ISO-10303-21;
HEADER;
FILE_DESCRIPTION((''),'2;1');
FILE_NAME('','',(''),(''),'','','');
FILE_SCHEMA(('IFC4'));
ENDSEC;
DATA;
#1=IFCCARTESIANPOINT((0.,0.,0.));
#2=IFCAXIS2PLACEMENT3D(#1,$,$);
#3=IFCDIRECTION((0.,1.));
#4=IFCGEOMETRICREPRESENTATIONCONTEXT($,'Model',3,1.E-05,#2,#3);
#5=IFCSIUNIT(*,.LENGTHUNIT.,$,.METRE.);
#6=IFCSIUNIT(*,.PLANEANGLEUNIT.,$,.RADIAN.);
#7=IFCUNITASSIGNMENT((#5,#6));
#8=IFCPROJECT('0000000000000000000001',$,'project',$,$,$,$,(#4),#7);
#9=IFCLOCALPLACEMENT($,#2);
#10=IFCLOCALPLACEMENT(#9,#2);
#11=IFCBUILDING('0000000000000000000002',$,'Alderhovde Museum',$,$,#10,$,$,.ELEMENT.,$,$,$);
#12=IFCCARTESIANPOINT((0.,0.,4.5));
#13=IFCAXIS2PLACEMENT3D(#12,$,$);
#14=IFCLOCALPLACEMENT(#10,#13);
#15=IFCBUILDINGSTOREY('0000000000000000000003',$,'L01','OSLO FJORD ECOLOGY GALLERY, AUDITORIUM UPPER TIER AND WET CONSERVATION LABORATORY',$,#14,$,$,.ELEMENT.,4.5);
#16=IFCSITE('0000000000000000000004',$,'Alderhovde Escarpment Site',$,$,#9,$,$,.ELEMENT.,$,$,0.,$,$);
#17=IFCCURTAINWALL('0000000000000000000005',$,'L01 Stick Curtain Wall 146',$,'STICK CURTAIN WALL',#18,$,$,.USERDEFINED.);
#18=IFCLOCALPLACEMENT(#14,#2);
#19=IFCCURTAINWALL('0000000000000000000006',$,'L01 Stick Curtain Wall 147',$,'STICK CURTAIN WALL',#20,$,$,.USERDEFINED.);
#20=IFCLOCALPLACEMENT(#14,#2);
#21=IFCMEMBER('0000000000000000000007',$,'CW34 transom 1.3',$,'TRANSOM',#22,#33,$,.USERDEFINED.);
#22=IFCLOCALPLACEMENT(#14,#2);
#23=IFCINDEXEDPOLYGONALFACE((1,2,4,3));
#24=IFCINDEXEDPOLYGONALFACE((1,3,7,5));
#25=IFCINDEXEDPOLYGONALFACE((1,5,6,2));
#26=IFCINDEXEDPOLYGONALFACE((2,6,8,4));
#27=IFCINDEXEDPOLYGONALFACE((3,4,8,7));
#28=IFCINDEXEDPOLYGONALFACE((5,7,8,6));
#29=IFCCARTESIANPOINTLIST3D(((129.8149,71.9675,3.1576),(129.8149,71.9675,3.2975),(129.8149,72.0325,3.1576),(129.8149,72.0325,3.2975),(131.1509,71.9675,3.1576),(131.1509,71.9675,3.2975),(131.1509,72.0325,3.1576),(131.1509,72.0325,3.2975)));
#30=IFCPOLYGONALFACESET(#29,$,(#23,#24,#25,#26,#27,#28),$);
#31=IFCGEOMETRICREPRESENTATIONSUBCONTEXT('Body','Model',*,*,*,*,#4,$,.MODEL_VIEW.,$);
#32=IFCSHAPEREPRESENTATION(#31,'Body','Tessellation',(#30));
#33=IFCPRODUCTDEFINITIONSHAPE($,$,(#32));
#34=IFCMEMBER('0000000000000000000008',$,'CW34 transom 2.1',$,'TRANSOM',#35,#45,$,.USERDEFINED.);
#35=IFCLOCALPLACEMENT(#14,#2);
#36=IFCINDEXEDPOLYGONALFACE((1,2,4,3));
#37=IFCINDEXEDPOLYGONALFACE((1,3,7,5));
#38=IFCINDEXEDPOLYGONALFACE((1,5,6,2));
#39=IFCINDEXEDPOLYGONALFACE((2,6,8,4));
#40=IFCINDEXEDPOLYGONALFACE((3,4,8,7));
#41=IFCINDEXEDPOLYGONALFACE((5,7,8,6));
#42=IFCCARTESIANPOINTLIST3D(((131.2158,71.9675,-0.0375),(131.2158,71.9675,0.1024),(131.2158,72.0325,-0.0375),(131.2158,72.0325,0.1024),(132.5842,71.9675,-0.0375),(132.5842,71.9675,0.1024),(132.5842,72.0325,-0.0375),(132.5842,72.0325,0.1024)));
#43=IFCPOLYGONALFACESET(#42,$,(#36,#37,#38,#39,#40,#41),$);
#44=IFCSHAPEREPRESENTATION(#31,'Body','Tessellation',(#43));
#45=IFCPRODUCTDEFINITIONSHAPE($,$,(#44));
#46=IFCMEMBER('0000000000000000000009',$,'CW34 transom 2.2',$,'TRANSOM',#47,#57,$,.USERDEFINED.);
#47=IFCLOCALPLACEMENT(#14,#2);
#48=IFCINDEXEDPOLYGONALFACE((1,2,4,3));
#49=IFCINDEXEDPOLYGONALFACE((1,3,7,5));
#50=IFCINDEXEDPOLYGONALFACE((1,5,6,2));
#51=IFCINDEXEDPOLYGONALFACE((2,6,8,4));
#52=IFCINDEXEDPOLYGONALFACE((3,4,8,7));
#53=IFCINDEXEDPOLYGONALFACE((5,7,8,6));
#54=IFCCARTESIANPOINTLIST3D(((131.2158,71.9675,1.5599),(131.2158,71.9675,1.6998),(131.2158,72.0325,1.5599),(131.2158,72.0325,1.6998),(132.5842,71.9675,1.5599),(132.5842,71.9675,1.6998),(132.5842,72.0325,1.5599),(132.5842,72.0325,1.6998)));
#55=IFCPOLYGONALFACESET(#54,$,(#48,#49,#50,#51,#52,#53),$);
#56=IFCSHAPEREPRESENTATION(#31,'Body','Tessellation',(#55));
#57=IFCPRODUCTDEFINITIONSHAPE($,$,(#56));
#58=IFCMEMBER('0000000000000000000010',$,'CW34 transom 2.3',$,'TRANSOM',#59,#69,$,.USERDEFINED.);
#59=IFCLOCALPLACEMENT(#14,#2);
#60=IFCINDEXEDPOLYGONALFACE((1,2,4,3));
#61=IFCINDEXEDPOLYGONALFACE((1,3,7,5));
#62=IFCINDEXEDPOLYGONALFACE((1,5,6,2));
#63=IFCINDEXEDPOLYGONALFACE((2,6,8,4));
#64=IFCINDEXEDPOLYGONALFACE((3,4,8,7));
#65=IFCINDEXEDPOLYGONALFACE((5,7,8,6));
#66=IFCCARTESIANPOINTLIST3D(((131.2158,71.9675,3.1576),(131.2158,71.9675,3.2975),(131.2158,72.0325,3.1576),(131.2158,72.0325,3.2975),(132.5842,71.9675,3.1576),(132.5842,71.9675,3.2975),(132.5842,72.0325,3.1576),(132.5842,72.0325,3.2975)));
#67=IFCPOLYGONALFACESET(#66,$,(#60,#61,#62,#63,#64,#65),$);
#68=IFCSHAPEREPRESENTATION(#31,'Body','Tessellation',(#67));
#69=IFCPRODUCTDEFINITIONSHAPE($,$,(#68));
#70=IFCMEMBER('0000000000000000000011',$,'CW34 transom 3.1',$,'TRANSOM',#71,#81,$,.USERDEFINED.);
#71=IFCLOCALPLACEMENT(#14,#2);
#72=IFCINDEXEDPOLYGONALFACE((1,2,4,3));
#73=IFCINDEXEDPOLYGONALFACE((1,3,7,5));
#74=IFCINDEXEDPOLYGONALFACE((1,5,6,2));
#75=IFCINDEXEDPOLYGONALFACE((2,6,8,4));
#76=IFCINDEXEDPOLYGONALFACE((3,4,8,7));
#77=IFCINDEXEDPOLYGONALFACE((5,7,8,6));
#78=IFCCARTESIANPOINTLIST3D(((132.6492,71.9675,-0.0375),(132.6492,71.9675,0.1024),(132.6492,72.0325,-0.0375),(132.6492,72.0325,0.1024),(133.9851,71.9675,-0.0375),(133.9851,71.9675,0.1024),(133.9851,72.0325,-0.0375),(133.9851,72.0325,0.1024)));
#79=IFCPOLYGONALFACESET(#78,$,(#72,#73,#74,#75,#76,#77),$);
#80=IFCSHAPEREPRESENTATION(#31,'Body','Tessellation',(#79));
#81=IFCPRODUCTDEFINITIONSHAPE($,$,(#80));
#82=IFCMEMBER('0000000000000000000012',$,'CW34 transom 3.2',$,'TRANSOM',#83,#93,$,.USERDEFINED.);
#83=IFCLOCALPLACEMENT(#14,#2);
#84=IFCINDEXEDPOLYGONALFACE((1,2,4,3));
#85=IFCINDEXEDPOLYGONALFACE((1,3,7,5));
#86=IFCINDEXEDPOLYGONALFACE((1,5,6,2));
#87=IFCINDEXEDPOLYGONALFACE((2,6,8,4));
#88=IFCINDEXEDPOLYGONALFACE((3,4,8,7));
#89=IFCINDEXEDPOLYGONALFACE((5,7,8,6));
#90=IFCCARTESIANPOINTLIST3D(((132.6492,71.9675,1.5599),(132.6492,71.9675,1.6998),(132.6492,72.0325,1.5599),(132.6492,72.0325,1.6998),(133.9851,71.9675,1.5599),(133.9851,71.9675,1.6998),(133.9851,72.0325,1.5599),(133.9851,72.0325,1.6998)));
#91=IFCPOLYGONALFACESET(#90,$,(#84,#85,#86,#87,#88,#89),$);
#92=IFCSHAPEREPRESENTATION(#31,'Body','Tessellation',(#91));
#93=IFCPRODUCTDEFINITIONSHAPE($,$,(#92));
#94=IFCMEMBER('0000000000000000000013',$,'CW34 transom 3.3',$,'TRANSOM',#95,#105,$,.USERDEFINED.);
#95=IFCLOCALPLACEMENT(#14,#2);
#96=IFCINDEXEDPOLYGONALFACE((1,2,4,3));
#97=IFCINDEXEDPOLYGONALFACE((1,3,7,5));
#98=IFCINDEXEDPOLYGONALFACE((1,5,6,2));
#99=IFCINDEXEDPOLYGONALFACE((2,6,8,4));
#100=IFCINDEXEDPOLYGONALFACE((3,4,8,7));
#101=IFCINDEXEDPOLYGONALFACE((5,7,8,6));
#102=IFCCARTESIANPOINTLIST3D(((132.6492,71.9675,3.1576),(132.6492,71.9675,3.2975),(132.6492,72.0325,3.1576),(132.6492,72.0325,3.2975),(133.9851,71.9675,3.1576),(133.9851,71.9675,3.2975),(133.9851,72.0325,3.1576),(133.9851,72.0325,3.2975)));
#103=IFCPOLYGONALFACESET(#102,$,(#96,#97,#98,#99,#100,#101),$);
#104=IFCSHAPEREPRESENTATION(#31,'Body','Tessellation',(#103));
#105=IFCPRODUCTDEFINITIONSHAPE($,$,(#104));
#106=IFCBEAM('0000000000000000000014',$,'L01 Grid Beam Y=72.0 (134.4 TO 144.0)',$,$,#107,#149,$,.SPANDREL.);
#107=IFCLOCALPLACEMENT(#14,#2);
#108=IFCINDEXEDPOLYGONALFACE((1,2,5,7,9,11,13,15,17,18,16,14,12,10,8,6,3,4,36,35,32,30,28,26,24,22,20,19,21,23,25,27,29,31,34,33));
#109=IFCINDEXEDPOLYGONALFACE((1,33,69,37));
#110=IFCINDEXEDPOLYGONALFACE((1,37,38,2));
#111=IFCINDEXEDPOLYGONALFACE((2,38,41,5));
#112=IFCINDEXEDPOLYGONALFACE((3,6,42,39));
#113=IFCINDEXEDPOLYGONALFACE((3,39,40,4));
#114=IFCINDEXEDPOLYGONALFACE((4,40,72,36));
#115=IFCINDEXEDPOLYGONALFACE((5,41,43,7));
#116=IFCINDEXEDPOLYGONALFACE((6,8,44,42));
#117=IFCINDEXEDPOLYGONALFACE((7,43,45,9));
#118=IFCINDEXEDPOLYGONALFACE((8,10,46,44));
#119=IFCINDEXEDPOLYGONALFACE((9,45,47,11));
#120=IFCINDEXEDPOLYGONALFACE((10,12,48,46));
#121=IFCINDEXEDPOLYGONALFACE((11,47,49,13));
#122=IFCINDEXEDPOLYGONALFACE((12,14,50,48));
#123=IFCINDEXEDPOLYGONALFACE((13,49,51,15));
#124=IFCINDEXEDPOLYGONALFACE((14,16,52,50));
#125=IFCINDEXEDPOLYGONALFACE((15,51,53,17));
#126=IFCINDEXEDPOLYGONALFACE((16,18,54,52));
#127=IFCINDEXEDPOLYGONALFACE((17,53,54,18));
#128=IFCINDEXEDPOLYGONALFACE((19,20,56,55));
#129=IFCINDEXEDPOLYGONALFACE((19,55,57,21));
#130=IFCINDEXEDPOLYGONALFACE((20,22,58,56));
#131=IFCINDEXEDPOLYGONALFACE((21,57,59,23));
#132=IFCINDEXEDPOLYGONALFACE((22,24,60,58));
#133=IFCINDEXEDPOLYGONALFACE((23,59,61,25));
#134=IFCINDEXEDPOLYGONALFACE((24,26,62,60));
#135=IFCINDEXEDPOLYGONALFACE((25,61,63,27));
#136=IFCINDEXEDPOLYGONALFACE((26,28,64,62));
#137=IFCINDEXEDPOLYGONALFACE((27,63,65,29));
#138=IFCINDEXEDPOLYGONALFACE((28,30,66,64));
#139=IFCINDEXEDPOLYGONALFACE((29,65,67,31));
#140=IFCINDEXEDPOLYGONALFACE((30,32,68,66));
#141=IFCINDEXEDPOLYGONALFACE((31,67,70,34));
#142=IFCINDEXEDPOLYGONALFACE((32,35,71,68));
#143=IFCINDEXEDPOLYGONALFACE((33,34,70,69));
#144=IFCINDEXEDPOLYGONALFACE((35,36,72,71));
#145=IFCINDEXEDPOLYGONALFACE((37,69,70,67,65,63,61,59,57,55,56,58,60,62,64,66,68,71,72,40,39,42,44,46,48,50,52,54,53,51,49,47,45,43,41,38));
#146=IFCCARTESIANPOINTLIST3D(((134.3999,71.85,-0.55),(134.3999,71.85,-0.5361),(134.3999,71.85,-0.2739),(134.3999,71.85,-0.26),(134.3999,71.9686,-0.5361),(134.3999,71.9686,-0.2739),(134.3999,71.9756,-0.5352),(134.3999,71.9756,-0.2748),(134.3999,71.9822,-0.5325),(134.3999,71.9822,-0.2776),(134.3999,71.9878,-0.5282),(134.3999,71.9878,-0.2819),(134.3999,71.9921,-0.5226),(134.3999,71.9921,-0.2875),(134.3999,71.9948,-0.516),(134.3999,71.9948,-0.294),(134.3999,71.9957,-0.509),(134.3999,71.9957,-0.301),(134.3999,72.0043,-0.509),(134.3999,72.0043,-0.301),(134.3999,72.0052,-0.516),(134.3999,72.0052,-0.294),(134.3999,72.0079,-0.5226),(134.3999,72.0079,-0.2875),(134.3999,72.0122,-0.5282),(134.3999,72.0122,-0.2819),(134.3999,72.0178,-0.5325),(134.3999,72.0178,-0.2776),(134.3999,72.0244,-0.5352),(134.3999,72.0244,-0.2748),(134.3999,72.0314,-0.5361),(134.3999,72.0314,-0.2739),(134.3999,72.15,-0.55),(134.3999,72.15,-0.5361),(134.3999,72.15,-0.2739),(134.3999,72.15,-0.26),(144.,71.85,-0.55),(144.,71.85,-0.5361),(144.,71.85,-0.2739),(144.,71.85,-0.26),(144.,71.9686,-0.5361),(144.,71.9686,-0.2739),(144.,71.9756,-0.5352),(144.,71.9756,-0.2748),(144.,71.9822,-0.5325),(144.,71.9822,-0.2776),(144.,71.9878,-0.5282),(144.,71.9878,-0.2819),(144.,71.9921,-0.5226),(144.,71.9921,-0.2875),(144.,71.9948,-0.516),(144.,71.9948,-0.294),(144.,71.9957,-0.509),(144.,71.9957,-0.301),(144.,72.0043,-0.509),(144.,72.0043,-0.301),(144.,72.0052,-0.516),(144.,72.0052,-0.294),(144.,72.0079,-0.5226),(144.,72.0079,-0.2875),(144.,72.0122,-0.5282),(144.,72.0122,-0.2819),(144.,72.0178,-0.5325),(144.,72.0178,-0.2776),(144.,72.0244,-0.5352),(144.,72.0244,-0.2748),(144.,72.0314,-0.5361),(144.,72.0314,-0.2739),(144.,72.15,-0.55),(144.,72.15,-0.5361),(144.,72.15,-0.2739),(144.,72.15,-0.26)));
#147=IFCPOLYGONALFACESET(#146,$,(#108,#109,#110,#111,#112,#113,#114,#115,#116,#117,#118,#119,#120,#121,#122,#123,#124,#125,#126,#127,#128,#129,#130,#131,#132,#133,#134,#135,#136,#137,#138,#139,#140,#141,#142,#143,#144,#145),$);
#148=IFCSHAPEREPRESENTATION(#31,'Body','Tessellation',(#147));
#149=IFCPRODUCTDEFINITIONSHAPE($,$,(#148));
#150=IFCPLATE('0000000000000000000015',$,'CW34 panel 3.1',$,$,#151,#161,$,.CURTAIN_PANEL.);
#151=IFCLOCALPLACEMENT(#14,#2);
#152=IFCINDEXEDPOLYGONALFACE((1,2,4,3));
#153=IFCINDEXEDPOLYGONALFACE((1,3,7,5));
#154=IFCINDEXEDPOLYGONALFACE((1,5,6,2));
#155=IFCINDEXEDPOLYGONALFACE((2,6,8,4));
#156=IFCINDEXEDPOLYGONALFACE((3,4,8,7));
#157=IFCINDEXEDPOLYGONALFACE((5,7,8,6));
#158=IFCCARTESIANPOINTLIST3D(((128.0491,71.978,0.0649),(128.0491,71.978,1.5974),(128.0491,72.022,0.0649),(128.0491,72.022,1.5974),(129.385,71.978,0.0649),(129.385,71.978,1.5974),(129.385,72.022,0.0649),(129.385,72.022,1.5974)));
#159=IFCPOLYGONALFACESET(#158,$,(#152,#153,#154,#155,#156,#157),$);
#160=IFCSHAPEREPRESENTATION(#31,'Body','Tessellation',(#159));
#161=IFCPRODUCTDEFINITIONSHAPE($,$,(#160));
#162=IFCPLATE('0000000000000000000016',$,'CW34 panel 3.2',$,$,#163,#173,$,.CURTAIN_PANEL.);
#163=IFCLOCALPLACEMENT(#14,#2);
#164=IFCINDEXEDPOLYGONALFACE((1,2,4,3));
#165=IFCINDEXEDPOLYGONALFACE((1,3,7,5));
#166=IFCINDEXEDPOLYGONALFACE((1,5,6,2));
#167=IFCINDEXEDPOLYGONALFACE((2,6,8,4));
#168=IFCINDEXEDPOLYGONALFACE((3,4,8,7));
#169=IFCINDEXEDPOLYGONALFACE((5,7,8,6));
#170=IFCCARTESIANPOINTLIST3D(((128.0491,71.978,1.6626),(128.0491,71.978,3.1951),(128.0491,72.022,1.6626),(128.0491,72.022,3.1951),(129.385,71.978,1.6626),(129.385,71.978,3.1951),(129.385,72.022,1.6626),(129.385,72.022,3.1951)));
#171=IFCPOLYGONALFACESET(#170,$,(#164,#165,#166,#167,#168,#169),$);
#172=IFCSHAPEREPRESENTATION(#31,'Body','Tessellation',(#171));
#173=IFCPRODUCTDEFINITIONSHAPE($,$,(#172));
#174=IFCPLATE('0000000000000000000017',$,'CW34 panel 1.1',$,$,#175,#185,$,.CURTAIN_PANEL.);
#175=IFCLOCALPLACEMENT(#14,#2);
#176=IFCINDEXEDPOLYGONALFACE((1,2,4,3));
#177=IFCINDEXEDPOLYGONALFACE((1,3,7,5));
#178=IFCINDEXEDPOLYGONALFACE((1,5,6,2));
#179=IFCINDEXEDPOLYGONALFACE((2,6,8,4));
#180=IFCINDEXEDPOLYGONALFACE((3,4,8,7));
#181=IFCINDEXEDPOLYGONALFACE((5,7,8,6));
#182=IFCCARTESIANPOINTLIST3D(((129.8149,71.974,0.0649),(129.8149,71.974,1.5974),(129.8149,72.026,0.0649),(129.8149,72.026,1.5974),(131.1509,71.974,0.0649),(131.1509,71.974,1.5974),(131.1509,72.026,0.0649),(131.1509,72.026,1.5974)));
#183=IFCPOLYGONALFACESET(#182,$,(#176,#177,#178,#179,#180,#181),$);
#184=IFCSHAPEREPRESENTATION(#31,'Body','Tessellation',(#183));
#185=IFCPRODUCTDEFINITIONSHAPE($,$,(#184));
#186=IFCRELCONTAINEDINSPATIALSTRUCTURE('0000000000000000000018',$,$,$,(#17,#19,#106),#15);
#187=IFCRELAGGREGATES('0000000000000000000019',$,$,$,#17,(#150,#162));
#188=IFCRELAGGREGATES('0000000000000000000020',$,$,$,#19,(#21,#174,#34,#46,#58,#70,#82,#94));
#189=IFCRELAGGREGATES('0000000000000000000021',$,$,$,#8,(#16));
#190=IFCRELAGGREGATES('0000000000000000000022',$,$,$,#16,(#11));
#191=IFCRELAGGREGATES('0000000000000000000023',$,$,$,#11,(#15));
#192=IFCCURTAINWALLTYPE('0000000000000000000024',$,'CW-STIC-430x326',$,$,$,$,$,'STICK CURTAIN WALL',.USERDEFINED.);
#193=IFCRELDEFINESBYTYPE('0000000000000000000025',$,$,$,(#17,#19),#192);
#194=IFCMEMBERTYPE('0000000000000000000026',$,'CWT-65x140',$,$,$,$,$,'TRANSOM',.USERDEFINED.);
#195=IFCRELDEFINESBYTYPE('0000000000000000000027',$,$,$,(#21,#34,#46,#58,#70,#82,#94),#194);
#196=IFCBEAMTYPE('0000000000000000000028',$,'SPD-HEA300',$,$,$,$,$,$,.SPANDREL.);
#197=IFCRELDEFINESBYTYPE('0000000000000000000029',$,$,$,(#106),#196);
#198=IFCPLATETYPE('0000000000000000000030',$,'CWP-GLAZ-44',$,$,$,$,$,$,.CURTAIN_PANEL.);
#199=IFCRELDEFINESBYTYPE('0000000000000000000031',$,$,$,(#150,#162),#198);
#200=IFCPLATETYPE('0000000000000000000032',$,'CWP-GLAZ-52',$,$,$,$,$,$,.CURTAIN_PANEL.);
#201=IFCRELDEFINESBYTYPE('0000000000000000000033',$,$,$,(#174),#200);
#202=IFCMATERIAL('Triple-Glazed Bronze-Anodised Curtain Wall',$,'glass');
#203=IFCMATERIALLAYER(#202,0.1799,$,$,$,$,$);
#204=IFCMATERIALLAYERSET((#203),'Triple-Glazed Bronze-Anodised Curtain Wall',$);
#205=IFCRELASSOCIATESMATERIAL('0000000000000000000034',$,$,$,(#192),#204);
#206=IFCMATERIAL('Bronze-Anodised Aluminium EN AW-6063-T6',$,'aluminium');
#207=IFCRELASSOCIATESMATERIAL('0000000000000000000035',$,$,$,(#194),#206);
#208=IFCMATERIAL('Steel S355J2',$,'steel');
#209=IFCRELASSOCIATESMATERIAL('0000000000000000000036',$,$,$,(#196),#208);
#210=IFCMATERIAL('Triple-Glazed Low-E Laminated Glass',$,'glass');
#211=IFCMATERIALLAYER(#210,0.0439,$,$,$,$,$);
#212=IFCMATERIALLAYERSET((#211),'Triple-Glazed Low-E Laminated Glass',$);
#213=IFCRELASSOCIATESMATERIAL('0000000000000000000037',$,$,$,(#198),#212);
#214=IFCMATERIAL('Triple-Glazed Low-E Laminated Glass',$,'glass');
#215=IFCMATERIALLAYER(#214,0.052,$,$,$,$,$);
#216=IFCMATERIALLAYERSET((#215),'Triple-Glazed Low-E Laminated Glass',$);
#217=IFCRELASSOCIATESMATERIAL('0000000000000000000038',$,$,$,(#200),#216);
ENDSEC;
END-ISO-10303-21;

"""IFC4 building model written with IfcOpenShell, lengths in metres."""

from ifc_helpers import new_model, si_unit, direction, frame, origin, origin_2d, place, context, subcontext, project, spatial, rectangle, i_section, extrude, material, layer, layer_set, material_profile, profile_set, type_object, element, aggregate, save


model = new_model("IFC4")

# Units and contexts
model_context = context("Model", 3, precision=1e-05, world=origin(), true_north=direction((0.0, 1.0)))
body_context = subcontext(model_context, "Body", "Model", "MODEL_VIEW")
ifc_project = project(units=[si_unit("LENGTHUNIT", "METRE"), si_unit("PLANEANGLEUNIT", "RADIAN")], contexts=[model_context])

# Site, building, storey
site_placement = place(None, origin())
site = spatial("IfcSite", under=ifc_project, at=site_placement, Name="Alderhovde Escarpment Site", CompositionType="ELEMENT", RefElevation=0.0)
building_placement = place(site_placement, origin())
building = spatial("IfcBuilding", under=site, at=building_placement, Name="Alderhovde Museum", CompositionType="ELEMENT")
storey_placement = place(building_placement, frame((0.0, 0.0, 4.5)))
storey = spatial("IfcBuildingStorey", under=building, at=storey_placement, Name="L01", Description="OSLO FJORD ECOLOGY GALLERY, AUDITORIUM UPPER TIER AND WET CONSERVATION LABORATORY", CompositionType="ELEMENT", Elevation=4.5)

# Curtain walls
ifc_material_1 = material(Name="Triple-Glazed Bronze-Anodised Curtain Wall", Category="glass")
ifc_layer_1 = layer(ifc_material_1, 0.1799)
ifc_layer_set_1 = layer_set([ifc_layer_1], Name="Triple-Glazed Bronze-Anodised Curtain Wall")
curtain_wall_type = type_object("IfcCurtainWallType", Name="CW-STIC-430x326", ElementType="STICK CURTAIN WALL", PredefinedType="USERDEFINED", material=ifc_layer_set_1)
curtain_wall_1_placement = place(storey_placement, origin())
curtain_wall_1 = element("IfcCurtainWall", 1, at=curtain_wall_1_placement, inside=storey, type_object=curtain_wall_type, Name="L01 Stick Curtain Wall 146", ObjectType="STICK CURTAIN WALL", PredefinedType="USERDEFINED")
curtain_wall_2_placement = place(storey_placement, origin())
curtain_wall_2 = element("IfcCurtainWall", 2, at=curtain_wall_2_placement, inside=storey, type_object=curtain_wall_type, Name="L01 Stick Curtain Wall 147", ObjectType="STICK CURTAIN WALL", PredefinedType="USERDEFINED")

# Members
ifc_material_2 = material(Name="Bronze-Anodised Aluminium EN AW-6063-T6", Category="aluminium")
ifc_material_profile_1 = material_profile(ifc_material_2, rectangle(XDim=0.0649, YDim=0.1399, at=origin_2d()), Name="TRANSOM 65x140")
ifc_profile_set_1 = profile_set([ifc_material_profile_1], Name="Bronze-Anodised Aluminium EN AW-6063-T6")
member_type_1 = type_object("IfcMemberType", Name="CWT-65x140", ElementType="TRANSOM", PredefinedType="USERDEFINED", material=ifc_profile_set_1)
member_1_placement = place(storey_placement, frame((129.8149, 72.0, 3.2275), z_axis=(1.0, 0.0, 0.0), x_axis=(0.0, 1.0, 0.0)))
member_1 = element("IfcMember", 3, at=member_1_placement, type_object=member_type_1, Name="CW34 transom 1.3", ObjectType="TRANSOM", PredefinedType="USERDEFINED", context=body_context, shape_type="SweptSolid", body=[
    extrude(rectangle(XDim=0.0649, YDim=0.1399, at=origin_2d()), origin(), (0.0, 0.0, 1.0), 1.3359),
])
member_2_placement = place(storey_placement, frame((131.2158, 72.0, 0.0325), z_axis=(1.0, 0.0, 0.0), x_axis=(0.0, 1.0, 0.0)))
member_2 = element("IfcMember", 4, at=member_2_placement, type_object=member_type_1, Name="CW34 transom 2.1", ObjectType="TRANSOM", PredefinedType="USERDEFINED", context=body_context, shape_type="SweptSolid", body=[
    extrude(rectangle(XDim=0.0649, YDim=0.1399, at=origin_2d()), origin(), (0.0, 0.0, 1.0), 1.3684),
])
member_3_placement = place(storey_placement, frame((131.2158, 72.0, 1.6299), z_axis=(1.0, 0.0, 0.0), x_axis=(0.0, 1.0, 0.0)))
member_3 = element("IfcMember", 5, at=member_3_placement, type_object=member_type_1, Name="CW34 transom 2.2", ObjectType="TRANSOM", PredefinedType="USERDEFINED", context=body_context, shape_type="SweptSolid", body=[
    extrude(rectangle(XDim=0.0649, YDim=0.1399, at=origin_2d()), origin(), (0.0, 0.0, 1.0), 1.3684),
])
member_4_placement = place(storey_placement, frame((131.2158, 72.0, 3.2275), z_axis=(1.0, 0.0, 0.0), x_axis=(0.0, 1.0, 0.0)))
member_4 = element("IfcMember", 6, at=member_4_placement, type_object=member_type_1, Name="CW34 transom 2.3", ObjectType="TRANSOM", PredefinedType="USERDEFINED", context=body_context, shape_type="SweptSolid", body=[
    extrude(rectangle(XDim=0.0649, YDim=0.1399, at=origin_2d()), origin(), (0.0, 0.0, 1.0), 1.3684),
])
member_5_placement = place(storey_placement, frame((132.6492, 72.0, 0.0325), z_axis=(1.0, 0.0, 0.0), x_axis=(0.0, 1.0, 0.0)))
member_5 = element("IfcMember", 7, at=member_5_placement, type_object=member_type_1, Name="CW34 transom 3.1", ObjectType="TRANSOM", PredefinedType="USERDEFINED", context=body_context, shape_type="SweptSolid", body=[
    extrude(rectangle(XDim=0.0649, YDim=0.1399, at=origin_2d()), origin(), (0.0, 0.0, 1.0), 1.3359),
])
member_6_placement = place(storey_placement, frame((132.6492, 72.0, 1.6299), z_axis=(1.0, 0.0, 0.0), x_axis=(0.0, 1.0, 0.0)))
member_6 = element("IfcMember", 8, at=member_6_placement, type_object=member_type_1, Name="CW34 transom 3.2", ObjectType="TRANSOM", PredefinedType="USERDEFINED", context=body_context, shape_type="SweptSolid", body=[
    extrude(rectangle(XDim=0.0649, YDim=0.1399, at=origin_2d()), origin(), (0.0, 0.0, 1.0), 1.3359),
])
member_7_placement = place(storey_placement, frame((132.6492, 72.0, 3.2275), z_axis=(1.0, 0.0, 0.0), x_axis=(0.0, 1.0, 0.0)))
member_7 = element("IfcMember", 9, at=member_7_placement, type_object=member_type_1, Name="CW34 transom 3.3", ObjectType="TRANSOM", PredefinedType="USERDEFINED", context=body_context, shape_type="SweptSolid", body=[
    extrude(rectangle(XDim=0.0649, YDim=0.1399, at=origin_2d()), origin(), (0.0, 0.0, 1.0), 1.3359),
])

# Beam
ifc_material_3 = material(Name="Steel S355J2", Category="steel")
ifc_material_profile_2 = material_profile(ifc_material_3, i_section(OverallWidth=0.3, OverallDepth=0.29, WebThickness=0.0085, FlangeThickness=0.0139, FilletRadius=0.0271, at=origin_2d()), Name="HEA 300")
ifc_profile_set_2 = profile_set([ifc_material_profile_2], Name="Steel S355J2")
beam_type = type_object("IfcBeamType", Name="SPD-HEA300", PredefinedType="SPANDREL", material=ifc_profile_set_2)
beam_placement = place(storey_placement, frame((134.3999, 72.0, -0.405), z_axis=(1.0, 0.0, 0.0), x_axis=(0.0, 1.0, 0.0)))
element("IfcBeam", 10, at=beam_placement, inside=storey, type_object=beam_type, Name="L01 Grid Beam Y=72.0 (134.4 TO 144.0)", PredefinedType="SPANDREL", context=body_context, shape_type="SweptSolid", body=[
    extrude(i_section(OverallWidth=0.3, OverallDepth=0.29, WebThickness=0.0085, FlangeThickness=0.0139, FilletRadius=0.0271, at=origin_2d()), origin(), (0.0, 0.0, 1.0), 9.6001),
])

# Plates
ifc_material_4 = material(Name="Triple-Glazed Low-E Laminated Glass", Category="glass")
ifc_layer_2 = layer(ifc_material_4, 0.0439)
ifc_layer_set_2 = layer_set([ifc_layer_2], Name="Triple-Glazed Low-E Laminated Glass")
plate_type_1 = type_object("IfcPlateType", Name="CWP-GLAZ-44", PredefinedType="CURTAIN_PANEL", material=ifc_layer_set_2)
plate_1_placement = place(storey_placement, frame((128.717, 72.0, 0.0649), z_axis=(0.0, 0.0, 1.0), x_axis=(1.0, 0.0, 0.0)))
plate_1 = element("IfcPlate", 11, at=plate_1_placement, type_object=plate_type_1, Name="CW34 panel 3.1", PredefinedType="CURTAIN_PANEL", context=body_context, shape_type="SweptSolid", body=[
    extrude(rectangle(XDim=1.3359, YDim=0.0439, at=origin_2d()), origin(), (0.0, 0.0, 1.0), 1.5325),
])
plate_2_placement = place(storey_placement, frame((128.717, 72.0, 1.6626), z_axis=(0.0, 0.0, 1.0), x_axis=(1.0, 0.0, 0.0)))
plate_2 = element("IfcPlate", 12, at=plate_2_placement, type_object=plate_type_1, Name="CW34 panel 3.2", PredefinedType="CURTAIN_PANEL", context=body_context, shape_type="SweptSolid", body=[
    extrude(rectangle(XDim=1.3359, YDim=0.0439, at=origin_2d()), origin(), (0.0, 0.0, 1.0), 1.5325),
])
aggregate(curtain_wall_1, [plate_1, plate_2])
ifc_material_5 = material(Name="Triple-Glazed Low-E Laminated Glass", Category="glass")
ifc_layer_3 = layer(ifc_material_5, 0.052)
ifc_layer_set_3 = layer_set([ifc_layer_3], Name="Triple-Glazed Low-E Laminated Glass")
plate_type_2 = type_object("IfcPlateType", Name="CWP-GLAZ-52", PredefinedType="CURTAIN_PANEL", material=ifc_layer_set_3)
plate_3_placement = place(storey_placement, frame((130.4829, 72.0, 0.0649), z_axis=(0.0, 0.0, 1.0), x_axis=(1.0, 0.0, 0.0)))
plate_3 = element("IfcPlate", 13, at=plate_3_placement, type_object=plate_type_2, Name="CW34 panel 1.1", PredefinedType="CURTAIN_PANEL", context=body_context, shape_type="SweptSolid", body=[
    extrude(rectangle(XDim=1.3359, YDim=0.052, at=origin_2d()), origin(), (0.0, 0.0, 1.0), 1.5325),
])
aggregate(curtain_wall_2, [member_1, plate_3, member_2, member_3, member_4, member_5, member_6, member_7])

save(model, "model.ifc")
